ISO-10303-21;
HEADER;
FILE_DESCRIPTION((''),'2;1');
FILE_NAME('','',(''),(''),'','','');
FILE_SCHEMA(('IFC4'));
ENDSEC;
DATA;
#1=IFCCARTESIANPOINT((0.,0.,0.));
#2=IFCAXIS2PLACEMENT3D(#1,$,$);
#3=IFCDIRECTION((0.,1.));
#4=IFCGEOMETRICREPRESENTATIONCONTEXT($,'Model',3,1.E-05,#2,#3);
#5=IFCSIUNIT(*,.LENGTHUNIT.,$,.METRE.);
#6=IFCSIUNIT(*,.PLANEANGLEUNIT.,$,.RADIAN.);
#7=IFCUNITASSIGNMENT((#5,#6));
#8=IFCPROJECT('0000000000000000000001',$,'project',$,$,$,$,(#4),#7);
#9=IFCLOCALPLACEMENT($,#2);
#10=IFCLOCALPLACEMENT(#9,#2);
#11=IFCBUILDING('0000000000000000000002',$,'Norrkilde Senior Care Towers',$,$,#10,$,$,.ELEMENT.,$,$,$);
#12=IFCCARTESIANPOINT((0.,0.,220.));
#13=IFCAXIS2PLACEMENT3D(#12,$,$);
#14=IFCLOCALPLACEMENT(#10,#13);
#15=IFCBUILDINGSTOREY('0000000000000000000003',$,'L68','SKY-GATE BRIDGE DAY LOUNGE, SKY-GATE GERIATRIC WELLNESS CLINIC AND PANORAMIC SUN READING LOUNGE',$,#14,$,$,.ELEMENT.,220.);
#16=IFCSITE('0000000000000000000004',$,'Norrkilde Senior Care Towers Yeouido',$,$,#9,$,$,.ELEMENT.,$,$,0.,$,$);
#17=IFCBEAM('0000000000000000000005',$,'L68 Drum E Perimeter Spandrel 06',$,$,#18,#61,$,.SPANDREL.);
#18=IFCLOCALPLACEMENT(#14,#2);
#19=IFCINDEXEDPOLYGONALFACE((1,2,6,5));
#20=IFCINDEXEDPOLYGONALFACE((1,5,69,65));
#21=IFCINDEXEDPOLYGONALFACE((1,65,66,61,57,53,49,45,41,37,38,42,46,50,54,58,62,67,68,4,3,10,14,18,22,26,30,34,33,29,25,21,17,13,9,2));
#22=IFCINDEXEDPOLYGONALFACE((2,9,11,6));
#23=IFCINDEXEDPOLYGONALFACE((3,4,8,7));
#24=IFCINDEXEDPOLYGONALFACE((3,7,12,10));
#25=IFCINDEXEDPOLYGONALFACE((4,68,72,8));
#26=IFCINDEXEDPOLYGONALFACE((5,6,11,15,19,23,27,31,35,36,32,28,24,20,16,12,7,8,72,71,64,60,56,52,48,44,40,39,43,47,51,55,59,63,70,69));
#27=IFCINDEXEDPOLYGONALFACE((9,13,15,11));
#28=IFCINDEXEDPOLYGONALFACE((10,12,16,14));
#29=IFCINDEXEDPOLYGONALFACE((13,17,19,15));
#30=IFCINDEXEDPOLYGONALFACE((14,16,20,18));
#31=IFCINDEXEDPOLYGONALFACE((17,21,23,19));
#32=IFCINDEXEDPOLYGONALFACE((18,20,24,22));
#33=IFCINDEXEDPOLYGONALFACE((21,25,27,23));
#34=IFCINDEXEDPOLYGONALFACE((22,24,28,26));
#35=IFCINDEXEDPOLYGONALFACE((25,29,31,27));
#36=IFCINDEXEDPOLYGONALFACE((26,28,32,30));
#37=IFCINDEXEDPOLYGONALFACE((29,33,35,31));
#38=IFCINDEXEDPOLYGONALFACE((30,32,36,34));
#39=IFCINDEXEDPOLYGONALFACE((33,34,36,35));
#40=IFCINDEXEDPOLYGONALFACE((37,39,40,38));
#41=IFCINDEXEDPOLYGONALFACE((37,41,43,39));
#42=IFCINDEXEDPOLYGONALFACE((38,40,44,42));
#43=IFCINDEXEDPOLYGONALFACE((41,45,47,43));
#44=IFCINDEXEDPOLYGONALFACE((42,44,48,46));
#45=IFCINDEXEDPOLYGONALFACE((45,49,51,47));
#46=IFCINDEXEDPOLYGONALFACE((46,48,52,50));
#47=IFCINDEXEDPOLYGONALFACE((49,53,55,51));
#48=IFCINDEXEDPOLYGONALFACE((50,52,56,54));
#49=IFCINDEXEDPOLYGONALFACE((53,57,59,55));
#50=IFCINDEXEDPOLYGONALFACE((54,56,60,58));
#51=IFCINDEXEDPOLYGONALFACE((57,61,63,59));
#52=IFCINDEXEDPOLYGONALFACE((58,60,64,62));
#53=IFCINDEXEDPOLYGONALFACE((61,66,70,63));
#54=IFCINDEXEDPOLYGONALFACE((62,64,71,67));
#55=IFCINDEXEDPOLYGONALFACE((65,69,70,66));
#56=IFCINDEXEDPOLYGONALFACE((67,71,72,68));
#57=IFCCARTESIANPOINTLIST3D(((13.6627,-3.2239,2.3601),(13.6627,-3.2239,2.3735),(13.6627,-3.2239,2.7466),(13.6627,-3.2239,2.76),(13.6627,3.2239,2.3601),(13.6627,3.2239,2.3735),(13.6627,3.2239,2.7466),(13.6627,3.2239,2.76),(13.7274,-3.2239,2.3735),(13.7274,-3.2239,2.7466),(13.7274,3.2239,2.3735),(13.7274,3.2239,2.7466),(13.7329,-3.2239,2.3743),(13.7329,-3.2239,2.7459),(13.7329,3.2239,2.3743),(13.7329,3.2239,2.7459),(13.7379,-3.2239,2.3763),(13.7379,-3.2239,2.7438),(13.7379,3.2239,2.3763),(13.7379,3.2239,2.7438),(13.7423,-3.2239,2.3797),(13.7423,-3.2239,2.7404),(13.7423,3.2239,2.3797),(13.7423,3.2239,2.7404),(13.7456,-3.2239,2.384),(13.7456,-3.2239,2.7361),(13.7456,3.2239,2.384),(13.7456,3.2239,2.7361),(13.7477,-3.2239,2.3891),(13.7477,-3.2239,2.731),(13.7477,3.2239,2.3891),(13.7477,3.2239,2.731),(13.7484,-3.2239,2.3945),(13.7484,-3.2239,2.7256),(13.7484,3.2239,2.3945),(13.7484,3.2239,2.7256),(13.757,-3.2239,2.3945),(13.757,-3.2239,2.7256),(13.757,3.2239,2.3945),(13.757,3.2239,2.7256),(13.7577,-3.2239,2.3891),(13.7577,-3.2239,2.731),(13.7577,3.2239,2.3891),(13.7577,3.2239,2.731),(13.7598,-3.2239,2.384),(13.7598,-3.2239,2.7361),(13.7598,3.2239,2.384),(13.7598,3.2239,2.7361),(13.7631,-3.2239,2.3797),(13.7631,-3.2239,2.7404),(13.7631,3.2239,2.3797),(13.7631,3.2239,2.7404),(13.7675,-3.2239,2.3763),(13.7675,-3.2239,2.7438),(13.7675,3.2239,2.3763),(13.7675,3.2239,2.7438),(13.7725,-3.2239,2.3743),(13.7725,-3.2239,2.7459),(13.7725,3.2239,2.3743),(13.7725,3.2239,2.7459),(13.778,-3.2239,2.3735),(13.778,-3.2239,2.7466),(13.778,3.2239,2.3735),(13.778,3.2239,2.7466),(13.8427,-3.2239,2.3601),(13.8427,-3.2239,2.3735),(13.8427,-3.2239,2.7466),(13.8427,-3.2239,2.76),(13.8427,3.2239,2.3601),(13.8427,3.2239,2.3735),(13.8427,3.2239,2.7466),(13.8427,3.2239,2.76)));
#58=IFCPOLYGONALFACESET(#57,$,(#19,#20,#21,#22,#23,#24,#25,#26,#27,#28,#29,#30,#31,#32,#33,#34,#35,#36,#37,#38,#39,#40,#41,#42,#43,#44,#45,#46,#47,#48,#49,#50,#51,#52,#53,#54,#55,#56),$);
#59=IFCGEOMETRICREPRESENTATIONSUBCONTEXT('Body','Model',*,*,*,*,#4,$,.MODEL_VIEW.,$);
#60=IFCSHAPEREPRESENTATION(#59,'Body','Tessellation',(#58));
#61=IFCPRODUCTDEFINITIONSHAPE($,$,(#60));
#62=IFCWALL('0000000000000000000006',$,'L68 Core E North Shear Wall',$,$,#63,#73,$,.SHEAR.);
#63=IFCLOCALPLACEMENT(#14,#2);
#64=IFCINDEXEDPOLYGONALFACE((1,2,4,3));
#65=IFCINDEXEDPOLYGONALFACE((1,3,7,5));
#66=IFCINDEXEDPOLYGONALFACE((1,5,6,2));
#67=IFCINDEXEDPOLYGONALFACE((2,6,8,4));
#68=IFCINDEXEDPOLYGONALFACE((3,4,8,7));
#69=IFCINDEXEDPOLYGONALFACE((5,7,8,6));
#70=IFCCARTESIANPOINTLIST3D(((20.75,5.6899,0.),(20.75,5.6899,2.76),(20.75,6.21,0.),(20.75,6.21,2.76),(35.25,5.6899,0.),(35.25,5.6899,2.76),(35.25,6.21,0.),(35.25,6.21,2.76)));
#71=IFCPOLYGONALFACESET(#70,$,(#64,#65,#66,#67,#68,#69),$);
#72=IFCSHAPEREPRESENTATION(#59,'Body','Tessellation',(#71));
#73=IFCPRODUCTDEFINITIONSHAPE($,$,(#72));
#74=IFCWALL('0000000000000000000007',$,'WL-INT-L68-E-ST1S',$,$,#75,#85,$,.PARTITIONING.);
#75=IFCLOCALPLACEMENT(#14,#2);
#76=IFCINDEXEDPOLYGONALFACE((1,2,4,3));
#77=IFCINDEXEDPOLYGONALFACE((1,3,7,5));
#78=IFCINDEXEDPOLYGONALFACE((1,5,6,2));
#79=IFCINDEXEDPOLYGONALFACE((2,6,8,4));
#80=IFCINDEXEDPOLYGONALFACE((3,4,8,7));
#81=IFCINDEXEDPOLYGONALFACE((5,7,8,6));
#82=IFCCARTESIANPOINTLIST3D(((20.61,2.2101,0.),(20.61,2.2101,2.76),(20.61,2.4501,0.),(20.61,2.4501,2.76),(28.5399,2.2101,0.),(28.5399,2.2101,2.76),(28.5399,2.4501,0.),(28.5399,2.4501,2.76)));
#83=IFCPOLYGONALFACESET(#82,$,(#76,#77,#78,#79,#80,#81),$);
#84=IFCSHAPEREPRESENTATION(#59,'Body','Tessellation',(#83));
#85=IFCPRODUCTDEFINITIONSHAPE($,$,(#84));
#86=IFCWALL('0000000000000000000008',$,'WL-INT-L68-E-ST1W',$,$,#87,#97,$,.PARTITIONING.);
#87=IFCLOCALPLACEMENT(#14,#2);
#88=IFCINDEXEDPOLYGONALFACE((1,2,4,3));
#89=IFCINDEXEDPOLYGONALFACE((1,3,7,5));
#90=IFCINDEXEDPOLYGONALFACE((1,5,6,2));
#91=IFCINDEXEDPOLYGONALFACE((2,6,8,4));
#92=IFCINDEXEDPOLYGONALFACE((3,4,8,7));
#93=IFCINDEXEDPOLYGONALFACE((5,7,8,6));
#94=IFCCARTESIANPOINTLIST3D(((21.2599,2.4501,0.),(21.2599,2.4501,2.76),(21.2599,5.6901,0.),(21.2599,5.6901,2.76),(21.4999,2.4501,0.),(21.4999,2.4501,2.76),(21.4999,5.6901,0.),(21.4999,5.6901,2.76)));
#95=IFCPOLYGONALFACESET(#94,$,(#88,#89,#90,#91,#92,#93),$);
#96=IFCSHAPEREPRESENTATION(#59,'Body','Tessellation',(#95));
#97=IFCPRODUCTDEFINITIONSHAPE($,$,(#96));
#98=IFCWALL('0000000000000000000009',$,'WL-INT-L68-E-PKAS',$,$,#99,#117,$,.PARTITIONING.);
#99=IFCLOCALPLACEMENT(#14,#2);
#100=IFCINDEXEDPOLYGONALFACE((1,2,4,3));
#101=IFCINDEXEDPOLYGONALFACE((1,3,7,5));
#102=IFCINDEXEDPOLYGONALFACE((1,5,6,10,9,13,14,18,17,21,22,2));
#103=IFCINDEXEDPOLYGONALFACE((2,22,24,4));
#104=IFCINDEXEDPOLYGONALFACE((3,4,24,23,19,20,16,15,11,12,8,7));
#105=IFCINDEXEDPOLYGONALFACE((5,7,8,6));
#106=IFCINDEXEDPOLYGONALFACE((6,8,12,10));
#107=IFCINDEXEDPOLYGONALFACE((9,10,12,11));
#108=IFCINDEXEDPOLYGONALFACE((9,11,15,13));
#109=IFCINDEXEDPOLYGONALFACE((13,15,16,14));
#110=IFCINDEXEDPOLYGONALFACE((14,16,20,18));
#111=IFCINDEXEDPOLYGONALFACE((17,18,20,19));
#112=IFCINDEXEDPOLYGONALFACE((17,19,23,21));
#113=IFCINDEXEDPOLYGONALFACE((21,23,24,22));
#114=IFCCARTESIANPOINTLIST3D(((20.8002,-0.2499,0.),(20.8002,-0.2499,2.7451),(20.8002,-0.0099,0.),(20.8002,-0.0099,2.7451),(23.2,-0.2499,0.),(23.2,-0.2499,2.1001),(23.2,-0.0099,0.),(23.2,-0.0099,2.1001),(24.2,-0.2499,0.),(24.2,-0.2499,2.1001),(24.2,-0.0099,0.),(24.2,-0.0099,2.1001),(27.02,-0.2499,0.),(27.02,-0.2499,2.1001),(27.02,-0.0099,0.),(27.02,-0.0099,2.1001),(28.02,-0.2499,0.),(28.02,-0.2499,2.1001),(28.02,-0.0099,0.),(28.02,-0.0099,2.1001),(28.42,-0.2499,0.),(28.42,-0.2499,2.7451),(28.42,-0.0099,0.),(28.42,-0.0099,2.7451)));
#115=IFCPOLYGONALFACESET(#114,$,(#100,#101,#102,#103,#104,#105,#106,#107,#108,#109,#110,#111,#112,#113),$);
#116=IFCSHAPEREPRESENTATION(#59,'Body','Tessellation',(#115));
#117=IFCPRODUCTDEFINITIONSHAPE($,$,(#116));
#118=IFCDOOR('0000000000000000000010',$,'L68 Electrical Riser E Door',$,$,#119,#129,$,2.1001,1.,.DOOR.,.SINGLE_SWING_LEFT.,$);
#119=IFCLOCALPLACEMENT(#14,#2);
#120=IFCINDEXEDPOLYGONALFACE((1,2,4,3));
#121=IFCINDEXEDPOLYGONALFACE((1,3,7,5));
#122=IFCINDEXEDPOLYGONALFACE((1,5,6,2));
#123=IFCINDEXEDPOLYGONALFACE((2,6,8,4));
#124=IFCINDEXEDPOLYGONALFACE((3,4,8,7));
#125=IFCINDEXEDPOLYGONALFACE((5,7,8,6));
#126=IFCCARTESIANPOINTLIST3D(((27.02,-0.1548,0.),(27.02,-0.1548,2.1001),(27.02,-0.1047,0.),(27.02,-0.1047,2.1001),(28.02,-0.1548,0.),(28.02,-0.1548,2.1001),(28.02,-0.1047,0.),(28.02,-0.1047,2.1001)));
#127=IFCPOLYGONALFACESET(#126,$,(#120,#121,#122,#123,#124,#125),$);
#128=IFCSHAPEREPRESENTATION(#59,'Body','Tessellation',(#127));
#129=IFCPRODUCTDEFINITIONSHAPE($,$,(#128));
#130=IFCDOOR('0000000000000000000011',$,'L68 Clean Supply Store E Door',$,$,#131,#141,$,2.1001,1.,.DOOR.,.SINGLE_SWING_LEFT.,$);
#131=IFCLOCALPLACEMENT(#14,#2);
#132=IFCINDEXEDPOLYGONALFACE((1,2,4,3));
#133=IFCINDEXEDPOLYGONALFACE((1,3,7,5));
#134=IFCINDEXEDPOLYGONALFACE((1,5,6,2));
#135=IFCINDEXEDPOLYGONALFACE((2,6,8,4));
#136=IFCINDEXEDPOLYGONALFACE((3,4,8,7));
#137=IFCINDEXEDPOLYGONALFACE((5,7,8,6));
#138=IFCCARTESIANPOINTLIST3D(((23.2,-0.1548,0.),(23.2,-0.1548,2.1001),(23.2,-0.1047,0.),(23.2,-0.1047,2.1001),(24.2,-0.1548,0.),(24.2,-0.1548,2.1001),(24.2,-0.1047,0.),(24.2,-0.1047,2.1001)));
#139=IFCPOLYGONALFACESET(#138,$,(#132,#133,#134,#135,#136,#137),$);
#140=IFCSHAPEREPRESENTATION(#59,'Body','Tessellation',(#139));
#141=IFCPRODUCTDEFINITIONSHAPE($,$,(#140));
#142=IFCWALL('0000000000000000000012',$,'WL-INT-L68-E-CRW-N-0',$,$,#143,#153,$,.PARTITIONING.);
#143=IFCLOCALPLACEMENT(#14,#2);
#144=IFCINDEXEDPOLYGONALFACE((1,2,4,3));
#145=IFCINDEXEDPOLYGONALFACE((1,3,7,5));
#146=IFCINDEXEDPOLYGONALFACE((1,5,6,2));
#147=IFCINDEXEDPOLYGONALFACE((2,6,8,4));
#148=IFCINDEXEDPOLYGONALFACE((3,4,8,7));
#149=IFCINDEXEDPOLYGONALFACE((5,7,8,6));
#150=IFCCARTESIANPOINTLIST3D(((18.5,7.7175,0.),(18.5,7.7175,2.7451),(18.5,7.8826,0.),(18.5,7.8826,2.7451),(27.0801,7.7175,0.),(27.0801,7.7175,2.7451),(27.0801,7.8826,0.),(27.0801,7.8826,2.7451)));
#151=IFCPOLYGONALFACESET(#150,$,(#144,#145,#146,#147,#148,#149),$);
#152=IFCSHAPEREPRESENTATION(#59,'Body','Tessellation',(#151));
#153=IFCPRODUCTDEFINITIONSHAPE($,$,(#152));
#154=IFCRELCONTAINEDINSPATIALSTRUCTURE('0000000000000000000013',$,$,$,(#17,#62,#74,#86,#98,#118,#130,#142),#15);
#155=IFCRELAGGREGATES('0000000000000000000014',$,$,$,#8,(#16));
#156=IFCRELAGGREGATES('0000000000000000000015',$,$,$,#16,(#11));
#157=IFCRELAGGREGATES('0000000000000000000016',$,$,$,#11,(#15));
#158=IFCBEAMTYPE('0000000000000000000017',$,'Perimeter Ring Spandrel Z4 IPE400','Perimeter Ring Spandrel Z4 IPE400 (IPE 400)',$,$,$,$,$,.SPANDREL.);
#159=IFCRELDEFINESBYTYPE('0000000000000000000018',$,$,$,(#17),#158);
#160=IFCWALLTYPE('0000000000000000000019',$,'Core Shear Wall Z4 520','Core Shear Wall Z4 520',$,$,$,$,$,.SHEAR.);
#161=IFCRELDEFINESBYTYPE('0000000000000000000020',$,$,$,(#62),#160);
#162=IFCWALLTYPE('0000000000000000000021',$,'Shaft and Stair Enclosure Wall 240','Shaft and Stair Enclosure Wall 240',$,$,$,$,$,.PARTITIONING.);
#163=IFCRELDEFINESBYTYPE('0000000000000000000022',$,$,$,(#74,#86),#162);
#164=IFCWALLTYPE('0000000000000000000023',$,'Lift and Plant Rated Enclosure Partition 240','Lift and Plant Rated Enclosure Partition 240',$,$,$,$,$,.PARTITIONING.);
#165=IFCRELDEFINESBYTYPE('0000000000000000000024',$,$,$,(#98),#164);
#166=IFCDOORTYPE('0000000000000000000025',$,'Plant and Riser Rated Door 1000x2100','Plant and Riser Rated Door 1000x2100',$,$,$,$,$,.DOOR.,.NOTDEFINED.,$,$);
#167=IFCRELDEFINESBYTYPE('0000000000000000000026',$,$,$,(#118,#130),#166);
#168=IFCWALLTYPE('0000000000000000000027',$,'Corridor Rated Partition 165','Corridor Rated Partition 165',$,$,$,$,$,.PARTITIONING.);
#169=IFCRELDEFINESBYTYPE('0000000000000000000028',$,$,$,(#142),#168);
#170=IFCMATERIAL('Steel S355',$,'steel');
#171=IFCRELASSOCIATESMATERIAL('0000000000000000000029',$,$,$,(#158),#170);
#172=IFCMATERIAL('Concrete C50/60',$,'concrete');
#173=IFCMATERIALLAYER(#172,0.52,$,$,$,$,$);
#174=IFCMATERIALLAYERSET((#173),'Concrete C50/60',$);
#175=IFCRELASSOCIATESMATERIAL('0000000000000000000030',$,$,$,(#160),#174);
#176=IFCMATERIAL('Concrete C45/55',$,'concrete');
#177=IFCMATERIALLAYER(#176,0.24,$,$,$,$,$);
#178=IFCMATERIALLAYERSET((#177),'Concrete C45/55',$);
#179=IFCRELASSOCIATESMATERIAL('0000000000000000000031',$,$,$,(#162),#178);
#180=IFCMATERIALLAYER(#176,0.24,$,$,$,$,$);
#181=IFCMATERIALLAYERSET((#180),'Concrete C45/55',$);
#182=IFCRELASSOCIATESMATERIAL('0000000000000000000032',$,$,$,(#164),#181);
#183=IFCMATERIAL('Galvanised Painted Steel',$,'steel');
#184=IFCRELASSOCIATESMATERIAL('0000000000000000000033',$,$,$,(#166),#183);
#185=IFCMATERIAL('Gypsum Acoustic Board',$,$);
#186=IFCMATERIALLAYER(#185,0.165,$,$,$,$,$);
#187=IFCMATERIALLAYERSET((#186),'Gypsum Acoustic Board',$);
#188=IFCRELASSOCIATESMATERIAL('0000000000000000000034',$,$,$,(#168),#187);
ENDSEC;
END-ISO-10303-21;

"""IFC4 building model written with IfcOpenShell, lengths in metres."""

from ifc_helpers import new_model, si_unit, direction, frame, frame_2d, origin, origin_2d, place, context, subcontext, project, spatial, rectangle, i_section, extrude, source, transform, mapped, material, layer, layer_set, material_profile, profile_set, type_object, type_shapes, element, fill, save


model = new_model("IFC4")

# Units and contexts
model_context = context("Model", 3, precision=1e-05, world=origin(), true_north=direction((0.0, 1.0)))
body_context = subcontext(model_context, "Body", "Model", "MODEL_VIEW")
ifc_project = project(units=[si_unit("LENGTHUNIT", "METRE"), si_unit("PLANEANGLEUNIT", "RADIAN")], contexts=[model_context])

# Site, building, storey
site_placement = place(None, origin())
site = spatial("IfcSite", under=ifc_project, at=site_placement, Name="Norrkilde Senior Care Towers Yeouido", CompositionType="ELEMENT", RefElevation=0.0)
building_placement = place(site_placement, origin())
building = spatial("IfcBuilding", under=site, at=building_placement, Name="Norrkilde Senior Care Towers", CompositionType="ELEMENT")
storey_placement = place(building_placement, frame((0.0, 0.0, 220.0)))
storey = spatial("IfcBuildingStorey", under=building, at=storey_placement, Name="L68", Description="SKY-GATE BRIDGE DAY LOUNGE, SKY-GATE GERIATRIC WELLNESS CLINIC AND PANORAMIC SUN READING LOUNGE", CompositionType="ELEMENT", Elevation=220.0)

# Shared definitions
ifc_material_1 = material(Name="Concrete C50/60", Category="concrete")

# Beam
ifc_material_2 = material(Name="Steel S355", Category="steel")
ifc_material_profile_1 = material_profile(ifc_material_2, i_section(OverallWidth=0.1799, OverallDepth=0.3999, WebThickness=0.0085, FlangeThickness=0.0134, FilletRadius=0.021, at=origin_2d()), Name="IPE 400")
ifc_profile_set_1 = profile_set([ifc_material_profile_1], Name="Steel S355")
beam_type_1 = type_object("IfcBeamType", Name="Perimeter Ring Spandrel Z4 IPE400", Description="Perimeter Ring Spandrel Z4 IPE400 (IPE 400)", PredefinedType="SPANDREL", material=ifc_profile_set_1)
shared_shape_1 = source(origin(), body_context, "Body", "SweptSolid", [
    extrude(i_section(OverallWidth=0.1799, OverallDepth=0.3999, WebThickness=0.0085, FlangeThickness=0.0134, FilletRadius=0.021, at=origin_2d()), origin(), (0.0, 0.0, 1.0), 6.4478),
])
type_shapes(beam_type_1, [shared_shape_1])
beam_1_placement = place(storey_placement, frame((13.7527, 3.2239, 2.5601), z_axis=(0.0, -1.0, 0.0), x_axis=(1.0, 0.0, 0.0)))
element("IfcBeam", 1, at=beam_1_placement, inside=storey, type_object=beam_type_1, Name="L68 Drum E Perimeter Spandrel 06", PredefinedType="SPANDREL", context=body_context, shape_type="MappedRepresentation", body=[
    mapped(shared_shape_1, transform((0.0, 0.0, 0.0), x_axis=(1.0, 0.0, 0.0), y_axis=(0.0, 1.0, 0.0), z_axis=(0.0, 0.0, 1.0), scale=1.0)),
])

# Walls
ifc_layer_1 = layer(ifc_material_1, 0.52)
ifc_layer_set_1 = layer_set([ifc_layer_1], Name="Concrete C50/60")
wall_type_1 = type_object("IfcWallType", Name="Core Shear Wall Z4 520", Description="Core Shear Wall Z4 520", PredefinedType="SHEAR", material=ifc_layer_set_1)
shared_shape_2 = source(origin(), body_context, "Body", "SweptSolid", [
    extrude(rectangle(XDim=14.5, YDim=0.52, at=frame_2d((7.25, 0.0))), origin(), (0.0, 0.0, 1.0), 2.76),
])
type_shapes(wall_type_1, [shared_shape_2])
wall_1_placement = place(storey_placement, frame((20.75, 5.95, 0.0), z_axis=(0.0, 0.0, 1.0), x_axis=(1.0, 0.0, 0.0)))
element("IfcWall", 2, at=wall_1_placement, inside=storey, type_object=wall_type_1, Name="L68 Core E North Shear Wall", PredefinedType="SHEAR", context=body_context, shape_type="MappedRepresentation", body=[
    mapped(shared_shape_2, transform((0.0, 0.0, 0.0), x_axis=(1.0, 0.0, 0.0), y_axis=(0.0, 1.0, 0.0), z_axis=(0.0, 0.0, 1.0), scale=1.0)),
])
ifc_material_3 = material(Name="Concrete C45/55", Category="concrete")
ifc_layer_2 = layer(ifc_material_3, 0.24)
ifc_layer_set_2 = layer_set([ifc_layer_2], Name="Concrete C45/55")
wall_type_2 = type_object("IfcWallType", Name="Shaft and Stair Enclosure Wall 240", Description="Shaft and Stair Enclosure Wall 240", PredefinedType="PARTITIONING", material=ifc_layer_set_2)
shared_shape_3 = source(origin(), body_context, "Body", "SweptSolid", [
    extrude(rectangle(XDim=7.9299, YDim=0.24, at=frame_2d((3.9648, 0.0))), origin(), (0.0, 0.0, 1.0), 2.76),
])
wall_2_placement = place(storey_placement, frame((20.6101, 2.3301, 0.0), z_axis=(0.0, 0.0, 1.0), x_axis=(1.0, 0.0, 0.0)))
element("IfcWall", 3, at=wall_2_placement, inside=storey, type_object=wall_type_2, Name="WL-INT-L68-E-ST1S", PredefinedType="PARTITIONING", context=body_context, shape_type="MappedRepresentation", body=[
    mapped(shared_shape_3, transform((0.0, 0.0, 0.0), x_axis=(1.0, 0.0, 0.0), y_axis=(0.0, 1.0, 0.0), z_axis=(0.0, 0.0, 1.0), scale=1.0)),
])
shared_shape_4 = source(origin(), body_context, "Body", "SweptSolid", [
    extrude(rectangle(XDim=3.24, YDim=0.24, at=frame_2d((1.6201, 0.0))), origin(), (0.0, 0.0, 1.0), 2.76),
])
type_shapes(wall_type_2, [shared_shape_3, shared_shape_4])
wall_3_placement = place(storey_placement, frame((21.3799, 2.45, 0.0), z_axis=(0.0, 0.0, 1.0), x_axis=(0.0, 1.0, 0.0)))
element("IfcWall", 4, at=wall_3_placement, inside=storey, type_object=wall_type_2, Name="WL-INT-L68-E-ST1W", PredefinedType="PARTITIONING", context=body_context, shape_type="MappedRepresentation", body=[
    mapped(shared_shape_4, transform((0.0, 0.0, 0.0), x_axis=(1.0, 0.0, 0.0), y_axis=(0.0, 1.0, 0.0), z_axis=(0.0, 0.0, 1.0), scale=1.0)),
])

# Wall, openings, doors
ifc_layer_3 = layer(ifc_material_3, 0.24)
ifc_layer_set_3 = layer_set([ifc_layer_3], Name="Concrete C45/55")
wall_type_3 = type_object("IfcWallType", Name="Lift and Plant Rated Enclosure Partition 240", Description="Lift and Plant Rated Enclosure Partition 240", PredefinedType="PARTITIONING", material=ifc_layer_set_3)
shared_shape_5 = source(origin(), body_context, "Body", "SweptSolid", [
    extrude(rectangle(XDim=7.6199, YDim=0.24, at=frame_2d((3.8101, 0.0))), origin(), (0.0, 0.0, 1.0), 2.7451),
])
type_shapes(wall_type_3, [shared_shape_5])
wall_4_placement = place(storey_placement, frame((20.8, -0.1299, 0.0), z_axis=(0.0, 0.0, 1.0), x_axis=(1.0, 0.0, 0.0)))
wall_4 = element("IfcWall", 5, at=wall_4_placement, inside=storey, type_object=wall_type_3, Name="WL-INT-L68-E-PKAS", PredefinedType="PARTITIONING", context=body_context, shape_type="MappedRepresentation", body=[
    mapped(shared_shape_5, transform((0.0, 0.0, 0.0), x_axis=(1.0, 0.0, 0.0), y_axis=(0.0, 1.0, 0.0), z_axis=(0.0, 0.0, 1.0), scale=1.0)),
])
opening_1_placement = place(wall_4_placement, frame((6.22, 0.0, 0.0)))
opening_1 = element("IfcOpeningElement", 6, at=opening_1_placement, cuts=wall_4, PredefinedType="OPENING", context=body_context, shape_type="SweptSolid", body=[
    extrude(rectangle(XDim=1.0, YDim=2.1001, at=frame_2d((0.5, 1.05))), frame((0.0, 0.1299, 0.0), z_axis=(0.0, -1.0, 0.0), x_axis=(1.0, 0.0, 0.0)), (0.0, 0.0, 1.0), 0.26),
])
opening_2_placement = place(wall_4_placement, frame((2.3999, 0.0, 0.0)))
opening_2 = element("IfcOpeningElement", 7, at=opening_2_placement, cuts=wall_4, PredefinedType="OPENING", context=body_context, shape_type="SweptSolid", body=[
    extrude(rectangle(XDim=1.0, YDim=2.1001, at=frame_2d((0.5, 1.05))), frame((0.0, 0.1299, 0.0), z_axis=(0.0, -1.0, 0.0), x_axis=(1.0, 0.0, 0.0)), (0.0, 0.0, 1.0), 0.26),
])
ifc_material_4 = material(Name="Galvanised Painted Steel", Category="steel")
door_type_1 = type_object("IfcDoorType", Name="Plant and Riser Rated Door 1000x2100", Description="Plant and Riser Rated Door 1000x2100", OperationType="NOTDEFINED", PredefinedType="DOOR", material=ifc_material_4)
shared_shape_6 = source(origin(), body_context, "Body", "SweptSolid", [
    extrude(rectangle(XDim=1.0, YDim=2.1001, at=frame_2d((0.5, 1.05))), frame((0.0, 0.0249, 0.0), z_axis=(0.0, -1.0, 0.0), x_axis=(1.0, 0.0, 0.0)), (0.0, 0.0, 1.0), 0.05),
])
type_shapes(door_type_1, [shared_shape_6])
door_1_placement = place(opening_1_placement, frame((1.0, 0.0, 0.0), z_axis=(0.0, 0.0, 1.0), x_axis=(-1.0, 0.0, 0.0)))
door_1 = element("IfcDoor", 8, at=door_1_placement, inside=storey, type_object=door_type_1, Name="L68 Electrical Riser E Door", OperationType="SINGLE_SWING_LEFT", OverallHeight=2.1001, OverallWidth=1.0, PredefinedType="DOOR", context=body_context, shape_type="MappedRepresentation", body=[
    mapped(shared_shape_6, transform((0.0, 0.0, 0.0), x_axis=(1.0, 0.0, 0.0), y_axis=(0.0, 1.0, 0.0), z_axis=(0.0, 0.0, 1.0), scale=1.0)),
])
fill(opening_1, door_1)
door_2_placement = place(opening_2_placement, frame((1.0, 0.0, 0.0), z_axis=(0.0, 0.0, 1.0), x_axis=(-1.0, 0.0, 0.0)))
door_2 = element("IfcDoor", 9, at=door_2_placement, inside=storey, type_object=door_type_1, Name="L68 Clean Supply Store E Door", OperationType="SINGLE_SWING_LEFT", OverallHeight=2.1001, OverallWidth=1.0, PredefinedType="DOOR", context=body_context, shape_type="MappedRepresentation", body=[
    mapped(shared_shape_6, transform((0.0, 0.0, 0.0), x_axis=(1.0, 0.0, 0.0), y_axis=(0.0, 1.0, 0.0), z_axis=(0.0, 0.0, 1.0), scale=1.0)),
])
fill(opening_2, door_2)

# Wall
ifc_material_5 = material(Name="Gypsum Acoustic Board")
ifc_layer_4 = layer(ifc_material_5, 0.165)
ifc_layer_set_4 = layer_set([ifc_layer_4], Name="Gypsum Acoustic Board")
wall_type_4 = type_object("IfcWallType", Name="Corridor Rated Partition 165", Description="Corridor Rated Partition 165", PredefinedType="PARTITIONING", material=ifc_layer_set_4)
shared_shape_7 = source(origin(), body_context, "Body", "SweptSolid", [
    extrude(rectangle(XDim=8.5801, YDim=0.165, at=frame_2d((4.29, 0.0))), origin(), (0.0, 0.0, 1.0), 2.7451),
])
wall_5_placement = place(storey_placement, frame((18.5, 7.8, 0.0), z_axis=(0.0, 0.0, 1.0), x_axis=(1.0, 0.0, 0.0)))
element("IfcWall", 10, at=wall_5_placement, inside=storey, type_object=wall_type_4, Name="WL-INT-L68-E-CRW-N-0", PredefinedType="PARTITIONING", context=body_context, shape_type="MappedRepresentation", body=[
    mapped(shared_shape_7, transform((0.0, 0.0, 0.0), x_axis=(1.0, 0.0, 0.0), y_axis=(0.0, 1.0, 0.0), z_axis=(0.0, 0.0, 1.0), scale=1.0)),
])

save(model, "model.ifc")
